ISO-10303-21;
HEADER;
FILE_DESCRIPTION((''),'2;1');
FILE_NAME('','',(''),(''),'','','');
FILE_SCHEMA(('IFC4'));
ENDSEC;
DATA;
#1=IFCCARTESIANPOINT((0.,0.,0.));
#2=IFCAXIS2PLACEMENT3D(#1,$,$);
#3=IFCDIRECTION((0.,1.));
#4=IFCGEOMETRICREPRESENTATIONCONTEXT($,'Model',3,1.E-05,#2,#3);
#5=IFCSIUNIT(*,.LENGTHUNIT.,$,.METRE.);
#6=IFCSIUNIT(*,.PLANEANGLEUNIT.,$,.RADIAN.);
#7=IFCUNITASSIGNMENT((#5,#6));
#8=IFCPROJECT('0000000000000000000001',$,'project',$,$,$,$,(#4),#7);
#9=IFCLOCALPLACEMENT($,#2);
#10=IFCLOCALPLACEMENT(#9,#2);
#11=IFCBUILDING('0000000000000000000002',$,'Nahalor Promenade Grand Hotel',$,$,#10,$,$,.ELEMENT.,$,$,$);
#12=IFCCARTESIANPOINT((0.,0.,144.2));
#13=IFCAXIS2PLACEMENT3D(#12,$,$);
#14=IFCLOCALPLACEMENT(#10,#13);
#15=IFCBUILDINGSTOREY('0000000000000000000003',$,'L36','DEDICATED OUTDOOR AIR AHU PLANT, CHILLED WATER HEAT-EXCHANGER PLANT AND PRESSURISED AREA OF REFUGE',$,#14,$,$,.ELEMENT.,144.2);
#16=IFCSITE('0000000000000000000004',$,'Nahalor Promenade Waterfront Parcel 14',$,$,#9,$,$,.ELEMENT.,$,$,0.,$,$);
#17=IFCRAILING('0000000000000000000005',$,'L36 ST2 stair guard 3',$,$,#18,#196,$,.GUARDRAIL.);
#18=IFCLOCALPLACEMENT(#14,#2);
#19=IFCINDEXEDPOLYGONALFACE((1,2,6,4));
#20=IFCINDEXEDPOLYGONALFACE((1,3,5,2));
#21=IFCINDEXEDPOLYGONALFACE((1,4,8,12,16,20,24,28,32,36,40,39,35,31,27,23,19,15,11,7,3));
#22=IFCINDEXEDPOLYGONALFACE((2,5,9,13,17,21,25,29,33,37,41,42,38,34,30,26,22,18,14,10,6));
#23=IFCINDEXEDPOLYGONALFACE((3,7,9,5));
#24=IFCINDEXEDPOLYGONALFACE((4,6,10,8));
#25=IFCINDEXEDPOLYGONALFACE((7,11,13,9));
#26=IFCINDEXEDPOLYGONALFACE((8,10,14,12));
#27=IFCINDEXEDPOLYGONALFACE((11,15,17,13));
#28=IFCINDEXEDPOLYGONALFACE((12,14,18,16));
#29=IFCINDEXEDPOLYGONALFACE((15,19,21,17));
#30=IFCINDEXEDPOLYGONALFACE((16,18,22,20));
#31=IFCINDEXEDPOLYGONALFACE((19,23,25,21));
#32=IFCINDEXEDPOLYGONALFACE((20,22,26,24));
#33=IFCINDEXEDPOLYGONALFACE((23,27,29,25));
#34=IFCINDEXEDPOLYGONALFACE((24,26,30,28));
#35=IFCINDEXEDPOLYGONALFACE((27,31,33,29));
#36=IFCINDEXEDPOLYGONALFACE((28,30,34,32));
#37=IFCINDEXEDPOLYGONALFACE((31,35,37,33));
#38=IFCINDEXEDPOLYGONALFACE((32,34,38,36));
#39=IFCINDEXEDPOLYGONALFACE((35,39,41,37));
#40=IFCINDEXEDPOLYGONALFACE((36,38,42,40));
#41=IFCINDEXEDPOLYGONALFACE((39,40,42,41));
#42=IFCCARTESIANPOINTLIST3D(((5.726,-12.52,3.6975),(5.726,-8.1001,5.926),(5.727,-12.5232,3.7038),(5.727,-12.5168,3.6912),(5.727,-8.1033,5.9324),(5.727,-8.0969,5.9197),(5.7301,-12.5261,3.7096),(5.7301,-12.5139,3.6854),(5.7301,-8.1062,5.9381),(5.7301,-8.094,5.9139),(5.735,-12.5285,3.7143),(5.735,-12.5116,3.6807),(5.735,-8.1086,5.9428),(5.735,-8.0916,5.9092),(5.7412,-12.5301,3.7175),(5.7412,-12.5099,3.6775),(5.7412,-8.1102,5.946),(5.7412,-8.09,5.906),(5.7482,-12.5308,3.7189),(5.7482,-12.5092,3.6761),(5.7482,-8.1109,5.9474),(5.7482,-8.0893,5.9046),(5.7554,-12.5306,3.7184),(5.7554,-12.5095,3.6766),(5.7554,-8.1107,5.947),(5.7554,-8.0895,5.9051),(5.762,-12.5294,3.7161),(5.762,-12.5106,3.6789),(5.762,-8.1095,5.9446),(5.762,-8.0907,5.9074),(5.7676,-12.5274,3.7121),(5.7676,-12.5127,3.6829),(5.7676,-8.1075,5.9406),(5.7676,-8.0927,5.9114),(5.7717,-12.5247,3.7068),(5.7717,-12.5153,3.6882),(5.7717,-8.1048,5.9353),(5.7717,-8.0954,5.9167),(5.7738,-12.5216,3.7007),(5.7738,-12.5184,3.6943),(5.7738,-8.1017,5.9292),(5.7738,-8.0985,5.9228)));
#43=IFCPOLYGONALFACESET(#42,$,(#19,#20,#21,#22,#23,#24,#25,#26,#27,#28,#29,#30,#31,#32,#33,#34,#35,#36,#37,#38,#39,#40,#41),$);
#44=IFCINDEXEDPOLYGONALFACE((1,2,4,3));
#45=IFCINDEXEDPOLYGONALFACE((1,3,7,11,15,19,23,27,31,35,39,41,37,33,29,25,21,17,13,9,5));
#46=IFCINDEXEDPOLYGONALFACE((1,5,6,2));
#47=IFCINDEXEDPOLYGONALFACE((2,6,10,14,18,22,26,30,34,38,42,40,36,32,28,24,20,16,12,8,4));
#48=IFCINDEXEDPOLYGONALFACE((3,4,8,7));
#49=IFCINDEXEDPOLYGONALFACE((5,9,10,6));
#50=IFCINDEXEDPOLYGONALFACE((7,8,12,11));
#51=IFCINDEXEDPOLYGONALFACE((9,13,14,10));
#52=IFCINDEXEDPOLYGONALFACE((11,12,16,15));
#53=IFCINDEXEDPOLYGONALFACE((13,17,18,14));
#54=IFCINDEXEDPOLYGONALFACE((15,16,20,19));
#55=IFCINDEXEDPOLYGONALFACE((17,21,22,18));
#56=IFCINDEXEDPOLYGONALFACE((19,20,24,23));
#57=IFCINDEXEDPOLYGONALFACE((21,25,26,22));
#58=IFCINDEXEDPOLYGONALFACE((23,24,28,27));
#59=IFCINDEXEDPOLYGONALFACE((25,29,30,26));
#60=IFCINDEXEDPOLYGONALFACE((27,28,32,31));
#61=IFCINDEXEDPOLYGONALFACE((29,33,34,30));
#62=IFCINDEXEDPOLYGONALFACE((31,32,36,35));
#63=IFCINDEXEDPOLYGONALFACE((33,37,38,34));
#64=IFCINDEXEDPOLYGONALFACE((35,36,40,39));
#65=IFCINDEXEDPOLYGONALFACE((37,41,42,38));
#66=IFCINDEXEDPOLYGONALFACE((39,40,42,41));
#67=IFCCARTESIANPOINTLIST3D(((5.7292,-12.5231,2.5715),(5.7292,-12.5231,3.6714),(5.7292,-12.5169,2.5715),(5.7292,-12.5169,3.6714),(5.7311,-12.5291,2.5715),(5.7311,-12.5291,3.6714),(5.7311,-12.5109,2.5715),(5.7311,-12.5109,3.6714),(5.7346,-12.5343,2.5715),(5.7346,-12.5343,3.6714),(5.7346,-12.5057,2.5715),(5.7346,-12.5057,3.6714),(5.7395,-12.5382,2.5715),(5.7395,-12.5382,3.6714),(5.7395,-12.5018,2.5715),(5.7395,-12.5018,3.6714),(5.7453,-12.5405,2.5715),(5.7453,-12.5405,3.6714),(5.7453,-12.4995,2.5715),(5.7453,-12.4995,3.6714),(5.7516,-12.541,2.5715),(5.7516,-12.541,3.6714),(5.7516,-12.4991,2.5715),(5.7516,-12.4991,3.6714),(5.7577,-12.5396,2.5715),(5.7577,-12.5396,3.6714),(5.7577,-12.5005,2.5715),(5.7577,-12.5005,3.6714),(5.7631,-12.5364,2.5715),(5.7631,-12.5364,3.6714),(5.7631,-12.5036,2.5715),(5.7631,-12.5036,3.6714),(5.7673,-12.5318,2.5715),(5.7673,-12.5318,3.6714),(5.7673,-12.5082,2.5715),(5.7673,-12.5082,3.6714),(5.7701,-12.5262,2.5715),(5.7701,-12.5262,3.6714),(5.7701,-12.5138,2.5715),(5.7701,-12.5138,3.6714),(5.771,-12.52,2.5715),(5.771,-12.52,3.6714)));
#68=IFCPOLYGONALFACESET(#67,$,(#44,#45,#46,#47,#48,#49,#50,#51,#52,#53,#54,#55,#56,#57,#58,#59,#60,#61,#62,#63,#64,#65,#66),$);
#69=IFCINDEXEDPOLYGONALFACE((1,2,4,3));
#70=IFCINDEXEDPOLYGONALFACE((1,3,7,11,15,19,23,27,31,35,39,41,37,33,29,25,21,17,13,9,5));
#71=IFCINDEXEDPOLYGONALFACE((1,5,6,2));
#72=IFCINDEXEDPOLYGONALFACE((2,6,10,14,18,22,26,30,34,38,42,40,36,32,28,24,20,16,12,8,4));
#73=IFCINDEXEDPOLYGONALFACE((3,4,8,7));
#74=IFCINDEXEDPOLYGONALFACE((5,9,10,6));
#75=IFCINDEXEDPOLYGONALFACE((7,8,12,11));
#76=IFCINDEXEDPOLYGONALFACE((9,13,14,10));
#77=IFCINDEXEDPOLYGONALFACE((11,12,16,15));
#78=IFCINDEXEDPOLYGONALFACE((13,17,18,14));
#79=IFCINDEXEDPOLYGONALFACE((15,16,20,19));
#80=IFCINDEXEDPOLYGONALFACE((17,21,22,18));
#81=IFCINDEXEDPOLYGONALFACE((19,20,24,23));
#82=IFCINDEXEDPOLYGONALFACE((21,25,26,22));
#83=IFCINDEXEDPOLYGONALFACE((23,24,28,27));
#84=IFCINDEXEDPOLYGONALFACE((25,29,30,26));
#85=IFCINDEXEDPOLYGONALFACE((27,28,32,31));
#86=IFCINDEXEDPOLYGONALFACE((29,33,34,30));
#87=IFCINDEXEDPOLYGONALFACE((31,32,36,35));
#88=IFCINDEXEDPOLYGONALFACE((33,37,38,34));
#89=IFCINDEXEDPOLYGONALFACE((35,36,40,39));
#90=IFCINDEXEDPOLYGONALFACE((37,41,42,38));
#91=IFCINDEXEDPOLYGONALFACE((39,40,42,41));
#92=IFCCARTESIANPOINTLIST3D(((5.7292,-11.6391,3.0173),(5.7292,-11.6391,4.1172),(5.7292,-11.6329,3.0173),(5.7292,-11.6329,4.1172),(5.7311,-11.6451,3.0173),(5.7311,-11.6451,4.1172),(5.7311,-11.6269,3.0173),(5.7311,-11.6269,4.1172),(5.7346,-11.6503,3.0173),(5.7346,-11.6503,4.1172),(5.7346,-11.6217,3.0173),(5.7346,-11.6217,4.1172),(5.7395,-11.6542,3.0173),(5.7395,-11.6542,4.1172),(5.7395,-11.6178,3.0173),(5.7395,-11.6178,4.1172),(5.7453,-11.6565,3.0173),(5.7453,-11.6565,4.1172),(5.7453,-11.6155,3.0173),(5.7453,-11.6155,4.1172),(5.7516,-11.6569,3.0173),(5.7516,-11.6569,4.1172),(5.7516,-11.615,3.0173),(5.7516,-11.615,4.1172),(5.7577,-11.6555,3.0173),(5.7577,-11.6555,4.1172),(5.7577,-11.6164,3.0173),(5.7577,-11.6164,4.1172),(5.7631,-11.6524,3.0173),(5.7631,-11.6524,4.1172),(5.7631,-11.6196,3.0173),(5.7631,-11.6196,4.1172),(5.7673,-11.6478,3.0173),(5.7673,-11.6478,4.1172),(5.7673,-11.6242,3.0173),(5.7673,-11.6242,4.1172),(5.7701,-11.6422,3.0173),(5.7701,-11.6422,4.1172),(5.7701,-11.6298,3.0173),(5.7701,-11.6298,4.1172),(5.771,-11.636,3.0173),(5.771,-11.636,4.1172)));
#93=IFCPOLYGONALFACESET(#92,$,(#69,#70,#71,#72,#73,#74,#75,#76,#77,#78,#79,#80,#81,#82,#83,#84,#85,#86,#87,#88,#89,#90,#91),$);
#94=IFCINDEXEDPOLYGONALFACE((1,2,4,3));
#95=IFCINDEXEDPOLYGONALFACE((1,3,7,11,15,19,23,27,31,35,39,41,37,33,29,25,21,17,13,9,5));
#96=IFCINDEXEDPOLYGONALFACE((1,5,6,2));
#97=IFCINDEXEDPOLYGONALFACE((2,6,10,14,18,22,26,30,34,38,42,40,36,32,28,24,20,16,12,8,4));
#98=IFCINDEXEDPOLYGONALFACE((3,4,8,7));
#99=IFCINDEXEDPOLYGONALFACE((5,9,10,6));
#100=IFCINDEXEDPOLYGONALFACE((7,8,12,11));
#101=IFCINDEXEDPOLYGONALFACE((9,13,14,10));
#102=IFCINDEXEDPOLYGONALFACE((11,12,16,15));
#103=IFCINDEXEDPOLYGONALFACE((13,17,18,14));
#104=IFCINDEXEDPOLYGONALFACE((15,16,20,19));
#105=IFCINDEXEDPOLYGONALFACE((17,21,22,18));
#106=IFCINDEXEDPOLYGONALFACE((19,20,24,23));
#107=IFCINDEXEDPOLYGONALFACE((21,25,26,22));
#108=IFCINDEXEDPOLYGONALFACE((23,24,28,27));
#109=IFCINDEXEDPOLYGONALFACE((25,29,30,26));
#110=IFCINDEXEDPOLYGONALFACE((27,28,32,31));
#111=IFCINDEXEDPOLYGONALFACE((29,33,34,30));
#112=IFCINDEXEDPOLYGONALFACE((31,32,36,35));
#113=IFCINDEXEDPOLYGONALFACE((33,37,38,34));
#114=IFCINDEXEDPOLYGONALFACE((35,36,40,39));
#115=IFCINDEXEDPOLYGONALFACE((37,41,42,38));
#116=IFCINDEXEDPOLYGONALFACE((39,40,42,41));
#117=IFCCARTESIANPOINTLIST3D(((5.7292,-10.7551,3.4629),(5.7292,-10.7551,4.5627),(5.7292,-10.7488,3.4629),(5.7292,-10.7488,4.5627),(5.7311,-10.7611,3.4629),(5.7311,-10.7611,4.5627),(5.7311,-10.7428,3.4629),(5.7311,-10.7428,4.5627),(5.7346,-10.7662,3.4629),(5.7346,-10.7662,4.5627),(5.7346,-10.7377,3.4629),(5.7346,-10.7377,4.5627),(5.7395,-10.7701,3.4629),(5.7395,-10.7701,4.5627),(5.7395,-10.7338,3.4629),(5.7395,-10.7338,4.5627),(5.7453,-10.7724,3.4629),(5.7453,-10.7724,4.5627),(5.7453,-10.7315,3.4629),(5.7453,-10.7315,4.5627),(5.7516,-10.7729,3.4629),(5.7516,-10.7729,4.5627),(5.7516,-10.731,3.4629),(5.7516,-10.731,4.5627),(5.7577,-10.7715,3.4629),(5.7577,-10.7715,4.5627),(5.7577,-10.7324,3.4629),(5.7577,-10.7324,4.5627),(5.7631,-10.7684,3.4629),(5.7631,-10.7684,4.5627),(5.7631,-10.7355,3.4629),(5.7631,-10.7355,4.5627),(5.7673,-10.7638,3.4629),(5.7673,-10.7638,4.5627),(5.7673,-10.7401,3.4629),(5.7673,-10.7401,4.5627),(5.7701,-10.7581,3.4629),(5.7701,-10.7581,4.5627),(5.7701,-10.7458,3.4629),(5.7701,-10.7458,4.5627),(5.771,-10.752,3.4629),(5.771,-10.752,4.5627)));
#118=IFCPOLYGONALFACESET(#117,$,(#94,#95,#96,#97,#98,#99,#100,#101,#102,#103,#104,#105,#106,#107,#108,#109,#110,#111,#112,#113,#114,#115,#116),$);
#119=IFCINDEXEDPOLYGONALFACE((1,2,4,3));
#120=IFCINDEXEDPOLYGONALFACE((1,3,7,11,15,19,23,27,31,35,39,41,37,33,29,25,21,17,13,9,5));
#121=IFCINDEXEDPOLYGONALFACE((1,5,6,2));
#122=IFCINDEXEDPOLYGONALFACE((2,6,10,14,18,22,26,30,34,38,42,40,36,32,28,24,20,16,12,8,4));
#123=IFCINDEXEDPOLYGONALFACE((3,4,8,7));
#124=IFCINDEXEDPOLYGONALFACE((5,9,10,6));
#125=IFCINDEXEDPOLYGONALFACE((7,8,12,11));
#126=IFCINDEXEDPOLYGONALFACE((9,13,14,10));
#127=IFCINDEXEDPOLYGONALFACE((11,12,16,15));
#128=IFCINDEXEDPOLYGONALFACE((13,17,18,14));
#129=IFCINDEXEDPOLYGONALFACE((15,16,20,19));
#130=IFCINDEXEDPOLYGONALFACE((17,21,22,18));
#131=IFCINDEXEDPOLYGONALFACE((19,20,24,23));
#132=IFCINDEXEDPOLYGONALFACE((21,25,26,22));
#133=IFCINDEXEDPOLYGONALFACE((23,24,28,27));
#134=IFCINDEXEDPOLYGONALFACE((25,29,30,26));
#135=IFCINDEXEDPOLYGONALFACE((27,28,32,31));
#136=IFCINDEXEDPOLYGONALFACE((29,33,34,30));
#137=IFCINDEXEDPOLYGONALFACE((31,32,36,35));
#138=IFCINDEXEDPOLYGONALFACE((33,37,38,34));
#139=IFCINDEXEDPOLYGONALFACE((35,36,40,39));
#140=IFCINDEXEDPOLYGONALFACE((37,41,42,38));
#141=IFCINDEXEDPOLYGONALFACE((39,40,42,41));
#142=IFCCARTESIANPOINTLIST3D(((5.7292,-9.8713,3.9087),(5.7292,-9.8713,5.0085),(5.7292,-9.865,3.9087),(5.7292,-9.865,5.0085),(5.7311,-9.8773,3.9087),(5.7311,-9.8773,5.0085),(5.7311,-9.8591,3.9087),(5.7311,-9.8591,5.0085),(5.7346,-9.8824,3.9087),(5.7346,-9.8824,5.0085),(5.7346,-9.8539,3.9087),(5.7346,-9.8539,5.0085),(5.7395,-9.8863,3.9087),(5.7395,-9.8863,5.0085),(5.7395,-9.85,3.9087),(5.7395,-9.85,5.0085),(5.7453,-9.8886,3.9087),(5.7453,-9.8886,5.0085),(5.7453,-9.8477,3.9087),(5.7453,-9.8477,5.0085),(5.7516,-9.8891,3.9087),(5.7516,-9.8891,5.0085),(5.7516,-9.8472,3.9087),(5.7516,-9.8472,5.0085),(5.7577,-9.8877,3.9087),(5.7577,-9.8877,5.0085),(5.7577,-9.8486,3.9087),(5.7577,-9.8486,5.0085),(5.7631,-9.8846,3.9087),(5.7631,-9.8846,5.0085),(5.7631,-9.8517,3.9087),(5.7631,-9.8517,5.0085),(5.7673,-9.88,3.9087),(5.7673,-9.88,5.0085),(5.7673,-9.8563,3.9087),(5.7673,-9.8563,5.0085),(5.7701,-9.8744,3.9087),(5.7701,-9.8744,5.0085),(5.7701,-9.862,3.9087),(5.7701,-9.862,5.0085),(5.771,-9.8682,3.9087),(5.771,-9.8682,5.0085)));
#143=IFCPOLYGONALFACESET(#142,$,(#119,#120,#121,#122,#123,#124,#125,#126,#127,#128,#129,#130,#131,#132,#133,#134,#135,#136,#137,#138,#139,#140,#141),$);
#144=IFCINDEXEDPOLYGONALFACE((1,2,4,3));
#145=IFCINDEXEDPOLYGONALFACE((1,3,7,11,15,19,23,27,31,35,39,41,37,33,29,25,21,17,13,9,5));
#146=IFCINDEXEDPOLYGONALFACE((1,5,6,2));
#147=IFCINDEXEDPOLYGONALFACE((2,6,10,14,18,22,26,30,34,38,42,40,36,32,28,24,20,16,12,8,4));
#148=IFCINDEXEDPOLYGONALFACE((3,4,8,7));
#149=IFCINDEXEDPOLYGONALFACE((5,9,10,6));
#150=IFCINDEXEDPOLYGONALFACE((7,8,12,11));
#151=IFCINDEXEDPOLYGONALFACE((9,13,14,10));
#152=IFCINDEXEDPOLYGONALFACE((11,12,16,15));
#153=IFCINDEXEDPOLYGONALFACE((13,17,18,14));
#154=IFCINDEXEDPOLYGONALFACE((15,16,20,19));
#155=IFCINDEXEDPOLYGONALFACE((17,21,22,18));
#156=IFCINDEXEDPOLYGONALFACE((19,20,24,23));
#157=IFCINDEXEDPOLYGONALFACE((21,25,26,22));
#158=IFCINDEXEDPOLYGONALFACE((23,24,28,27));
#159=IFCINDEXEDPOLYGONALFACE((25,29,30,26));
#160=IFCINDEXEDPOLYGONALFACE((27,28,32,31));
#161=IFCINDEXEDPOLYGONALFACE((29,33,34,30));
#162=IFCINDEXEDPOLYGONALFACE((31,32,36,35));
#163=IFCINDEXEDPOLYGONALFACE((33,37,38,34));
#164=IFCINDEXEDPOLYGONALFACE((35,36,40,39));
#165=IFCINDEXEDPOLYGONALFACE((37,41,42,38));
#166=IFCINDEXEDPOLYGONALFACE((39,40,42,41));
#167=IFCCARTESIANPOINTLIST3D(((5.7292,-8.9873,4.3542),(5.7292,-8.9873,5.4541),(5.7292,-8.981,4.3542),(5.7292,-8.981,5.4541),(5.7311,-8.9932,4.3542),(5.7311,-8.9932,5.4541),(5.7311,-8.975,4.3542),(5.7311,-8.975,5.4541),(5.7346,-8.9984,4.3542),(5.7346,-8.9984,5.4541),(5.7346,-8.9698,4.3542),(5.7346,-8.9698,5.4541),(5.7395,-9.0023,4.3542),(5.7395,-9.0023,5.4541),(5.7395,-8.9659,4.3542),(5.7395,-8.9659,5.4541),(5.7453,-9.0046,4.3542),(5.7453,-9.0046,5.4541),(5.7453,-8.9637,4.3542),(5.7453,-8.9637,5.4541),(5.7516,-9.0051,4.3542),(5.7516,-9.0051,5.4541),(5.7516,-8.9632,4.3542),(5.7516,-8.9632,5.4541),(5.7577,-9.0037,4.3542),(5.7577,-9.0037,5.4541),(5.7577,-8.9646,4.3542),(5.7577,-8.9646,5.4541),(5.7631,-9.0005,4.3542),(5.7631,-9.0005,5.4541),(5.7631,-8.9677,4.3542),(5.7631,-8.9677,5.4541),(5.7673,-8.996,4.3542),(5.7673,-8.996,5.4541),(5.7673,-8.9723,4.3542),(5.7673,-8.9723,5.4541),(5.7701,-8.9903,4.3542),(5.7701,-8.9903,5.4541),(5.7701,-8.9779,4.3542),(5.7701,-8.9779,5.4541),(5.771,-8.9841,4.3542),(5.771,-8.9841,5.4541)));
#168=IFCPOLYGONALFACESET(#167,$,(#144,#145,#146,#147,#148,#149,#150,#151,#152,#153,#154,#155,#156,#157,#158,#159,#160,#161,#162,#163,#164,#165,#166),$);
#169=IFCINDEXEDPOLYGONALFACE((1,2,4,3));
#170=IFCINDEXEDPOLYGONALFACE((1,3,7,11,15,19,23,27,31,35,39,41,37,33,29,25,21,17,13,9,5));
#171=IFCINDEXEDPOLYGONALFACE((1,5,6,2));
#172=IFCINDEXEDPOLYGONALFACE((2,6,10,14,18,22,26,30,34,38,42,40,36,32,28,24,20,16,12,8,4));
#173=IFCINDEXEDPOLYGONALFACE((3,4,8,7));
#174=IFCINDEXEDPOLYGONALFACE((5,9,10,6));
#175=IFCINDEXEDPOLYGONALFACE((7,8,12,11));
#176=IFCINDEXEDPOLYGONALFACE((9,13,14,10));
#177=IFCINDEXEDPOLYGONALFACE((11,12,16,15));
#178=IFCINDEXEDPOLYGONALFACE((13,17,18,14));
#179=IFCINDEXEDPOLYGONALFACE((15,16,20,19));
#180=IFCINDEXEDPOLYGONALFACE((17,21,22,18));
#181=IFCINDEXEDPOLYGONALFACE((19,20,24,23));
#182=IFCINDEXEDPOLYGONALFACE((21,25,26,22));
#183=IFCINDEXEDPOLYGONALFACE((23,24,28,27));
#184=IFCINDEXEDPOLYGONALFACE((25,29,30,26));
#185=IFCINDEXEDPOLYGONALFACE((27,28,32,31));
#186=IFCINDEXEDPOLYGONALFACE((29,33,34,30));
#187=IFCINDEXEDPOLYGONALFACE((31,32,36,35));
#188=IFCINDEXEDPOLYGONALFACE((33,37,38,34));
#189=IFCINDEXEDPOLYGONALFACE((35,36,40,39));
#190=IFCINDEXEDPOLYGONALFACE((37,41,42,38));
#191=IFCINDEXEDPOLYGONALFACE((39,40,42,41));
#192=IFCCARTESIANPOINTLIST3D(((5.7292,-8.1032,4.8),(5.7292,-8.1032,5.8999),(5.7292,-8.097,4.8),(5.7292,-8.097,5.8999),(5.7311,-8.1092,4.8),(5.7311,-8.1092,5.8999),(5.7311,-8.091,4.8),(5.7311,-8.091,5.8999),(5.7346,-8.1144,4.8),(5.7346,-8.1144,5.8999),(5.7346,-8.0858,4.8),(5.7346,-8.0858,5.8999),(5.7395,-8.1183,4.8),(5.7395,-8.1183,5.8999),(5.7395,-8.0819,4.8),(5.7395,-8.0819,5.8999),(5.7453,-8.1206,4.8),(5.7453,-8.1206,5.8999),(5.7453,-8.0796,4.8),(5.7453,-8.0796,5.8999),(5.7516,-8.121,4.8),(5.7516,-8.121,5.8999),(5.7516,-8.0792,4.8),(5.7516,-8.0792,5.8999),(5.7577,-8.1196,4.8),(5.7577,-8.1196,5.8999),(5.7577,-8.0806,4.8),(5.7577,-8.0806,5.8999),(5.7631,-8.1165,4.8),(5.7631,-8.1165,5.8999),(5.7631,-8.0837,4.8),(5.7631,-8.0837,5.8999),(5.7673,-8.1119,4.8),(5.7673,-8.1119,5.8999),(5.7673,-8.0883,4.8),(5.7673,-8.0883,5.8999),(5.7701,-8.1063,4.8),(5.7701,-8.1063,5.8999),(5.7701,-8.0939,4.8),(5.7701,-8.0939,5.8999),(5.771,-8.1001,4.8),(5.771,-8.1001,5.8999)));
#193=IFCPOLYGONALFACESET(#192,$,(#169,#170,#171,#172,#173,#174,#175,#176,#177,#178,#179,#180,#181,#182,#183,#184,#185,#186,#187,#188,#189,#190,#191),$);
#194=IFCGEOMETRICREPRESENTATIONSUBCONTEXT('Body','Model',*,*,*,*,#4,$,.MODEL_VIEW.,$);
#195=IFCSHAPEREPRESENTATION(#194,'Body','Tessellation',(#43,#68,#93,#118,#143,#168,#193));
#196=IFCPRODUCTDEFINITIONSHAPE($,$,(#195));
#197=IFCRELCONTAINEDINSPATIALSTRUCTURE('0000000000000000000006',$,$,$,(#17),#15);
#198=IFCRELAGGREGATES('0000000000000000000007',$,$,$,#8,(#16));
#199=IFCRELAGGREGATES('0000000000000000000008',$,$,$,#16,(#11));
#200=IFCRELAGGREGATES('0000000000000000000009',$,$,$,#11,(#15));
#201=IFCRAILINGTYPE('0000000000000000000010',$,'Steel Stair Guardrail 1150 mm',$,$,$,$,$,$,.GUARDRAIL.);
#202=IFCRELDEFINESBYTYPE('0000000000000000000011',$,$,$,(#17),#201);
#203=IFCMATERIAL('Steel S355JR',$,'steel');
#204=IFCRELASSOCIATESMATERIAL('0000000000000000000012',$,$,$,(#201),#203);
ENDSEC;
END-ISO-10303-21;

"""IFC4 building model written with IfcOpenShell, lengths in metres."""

from ifc_helpers import new_model, si_unit, direction, frame, origin, origin_2d, place, context, subcontext, project, spatial, circle, extrude, material, type_object, element, save


model = new_model("IFC4")

# Units and contexts
model_context = context("Model", 3, precision=1e-05, world=origin(), true_north=direction((0.0, 1.0)))
body_context = subcontext(model_context, "Body", "Model", "MODEL_VIEW")
ifc_project = project(units=[si_unit("LENGTHUNIT", "METRE"), si_unit("PLANEANGLEUNIT", "RADIAN")], contexts=[model_context])

# Site, building, storey
site_placement = place(None, origin())
site = spatial("IfcSite", under=ifc_project, at=site_placement, Name="Nahalor Promenade Waterfront Parcel 14", CompositionType="ELEMENT", RefElevation=0.0)
building_placement = place(site_placement, origin())
building = spatial("IfcBuilding", under=site, at=building_placement, Name="Nahalor Promenade Grand Hotel", CompositionType="ELEMENT")
storey_placement = place(building_placement, frame((0.0, 0.0, 144.2)))
storey = spatial("IfcBuildingStorey", under=building, at=storey_placement, Name="L36", Description="DEDICATED OUTDOOR AIR AHU PLANT, CHILLED WATER HEAT-EXCHANGER PLANT AND PRESSURISED AREA OF REFUGE", CompositionType="ELEMENT", Elevation=144.2)

# Shared definitions
ifc_material_1 = material(Name="Steel S355JR", Category="steel")

# Railing
railing_type_1 = type_object("IfcRailingType", Name="Steel Stair Guardrail 1150 mm", PredefinedType="GUARDRAIL", material=ifc_material_1)
railing_1_placement = place(storey_placement, frame((5.75, -12.52, 2.5715)))
element("IfcRailing", 1, at=railing_1_placement, inside=storey, type_object=railing_type_1, Name="L36 ST2 stair guard 3", PredefinedType="GUARDRAIL", context=body_context, shape_type="SweptSolid", body=[
    extrude(circle(Radius=0.024, at=origin_2d()), frame((0.0, 0.0, 1.126), z_axis=(0.0, 0.892923, 0.45021), x_axis=(-1.0, 0.0, 0.0)), (0.0, 0.0, 1.0), 4.95),
    extrude(circle(Radius=0.021, at=origin_2d()), origin(), (0.0, 0.0, 1.0), 1.0999),
    extrude(circle(Radius=0.021, at=origin_2d()), frame((0.0, 0.884, 0.4458)), (0.0, 0.0, 1.0), 1.0999),
    extrude(circle(Radius=0.021, at=origin_2d()), frame((0.0, 1.7681, 0.8914)), (0.0, 0.0, 1.0), 1.0999),
    extrude(circle(Radius=0.021, at=origin_2d()), frame((0.0, 2.6519, 1.3372)), (0.0, 0.0, 1.0), 1.0999),
    extrude(circle(Radius=0.021, at=origin_2d()), frame((0.0, 3.5359, 1.7827)), (0.0, 0.0, 1.0), 1.0999),
    extrude(circle(Radius=0.021, at=origin_2d()), frame((0.0, 4.4199, 2.2285)), (0.0, 0.0, 1.0), 1.0999),
])

save(model, "model.ifc")
